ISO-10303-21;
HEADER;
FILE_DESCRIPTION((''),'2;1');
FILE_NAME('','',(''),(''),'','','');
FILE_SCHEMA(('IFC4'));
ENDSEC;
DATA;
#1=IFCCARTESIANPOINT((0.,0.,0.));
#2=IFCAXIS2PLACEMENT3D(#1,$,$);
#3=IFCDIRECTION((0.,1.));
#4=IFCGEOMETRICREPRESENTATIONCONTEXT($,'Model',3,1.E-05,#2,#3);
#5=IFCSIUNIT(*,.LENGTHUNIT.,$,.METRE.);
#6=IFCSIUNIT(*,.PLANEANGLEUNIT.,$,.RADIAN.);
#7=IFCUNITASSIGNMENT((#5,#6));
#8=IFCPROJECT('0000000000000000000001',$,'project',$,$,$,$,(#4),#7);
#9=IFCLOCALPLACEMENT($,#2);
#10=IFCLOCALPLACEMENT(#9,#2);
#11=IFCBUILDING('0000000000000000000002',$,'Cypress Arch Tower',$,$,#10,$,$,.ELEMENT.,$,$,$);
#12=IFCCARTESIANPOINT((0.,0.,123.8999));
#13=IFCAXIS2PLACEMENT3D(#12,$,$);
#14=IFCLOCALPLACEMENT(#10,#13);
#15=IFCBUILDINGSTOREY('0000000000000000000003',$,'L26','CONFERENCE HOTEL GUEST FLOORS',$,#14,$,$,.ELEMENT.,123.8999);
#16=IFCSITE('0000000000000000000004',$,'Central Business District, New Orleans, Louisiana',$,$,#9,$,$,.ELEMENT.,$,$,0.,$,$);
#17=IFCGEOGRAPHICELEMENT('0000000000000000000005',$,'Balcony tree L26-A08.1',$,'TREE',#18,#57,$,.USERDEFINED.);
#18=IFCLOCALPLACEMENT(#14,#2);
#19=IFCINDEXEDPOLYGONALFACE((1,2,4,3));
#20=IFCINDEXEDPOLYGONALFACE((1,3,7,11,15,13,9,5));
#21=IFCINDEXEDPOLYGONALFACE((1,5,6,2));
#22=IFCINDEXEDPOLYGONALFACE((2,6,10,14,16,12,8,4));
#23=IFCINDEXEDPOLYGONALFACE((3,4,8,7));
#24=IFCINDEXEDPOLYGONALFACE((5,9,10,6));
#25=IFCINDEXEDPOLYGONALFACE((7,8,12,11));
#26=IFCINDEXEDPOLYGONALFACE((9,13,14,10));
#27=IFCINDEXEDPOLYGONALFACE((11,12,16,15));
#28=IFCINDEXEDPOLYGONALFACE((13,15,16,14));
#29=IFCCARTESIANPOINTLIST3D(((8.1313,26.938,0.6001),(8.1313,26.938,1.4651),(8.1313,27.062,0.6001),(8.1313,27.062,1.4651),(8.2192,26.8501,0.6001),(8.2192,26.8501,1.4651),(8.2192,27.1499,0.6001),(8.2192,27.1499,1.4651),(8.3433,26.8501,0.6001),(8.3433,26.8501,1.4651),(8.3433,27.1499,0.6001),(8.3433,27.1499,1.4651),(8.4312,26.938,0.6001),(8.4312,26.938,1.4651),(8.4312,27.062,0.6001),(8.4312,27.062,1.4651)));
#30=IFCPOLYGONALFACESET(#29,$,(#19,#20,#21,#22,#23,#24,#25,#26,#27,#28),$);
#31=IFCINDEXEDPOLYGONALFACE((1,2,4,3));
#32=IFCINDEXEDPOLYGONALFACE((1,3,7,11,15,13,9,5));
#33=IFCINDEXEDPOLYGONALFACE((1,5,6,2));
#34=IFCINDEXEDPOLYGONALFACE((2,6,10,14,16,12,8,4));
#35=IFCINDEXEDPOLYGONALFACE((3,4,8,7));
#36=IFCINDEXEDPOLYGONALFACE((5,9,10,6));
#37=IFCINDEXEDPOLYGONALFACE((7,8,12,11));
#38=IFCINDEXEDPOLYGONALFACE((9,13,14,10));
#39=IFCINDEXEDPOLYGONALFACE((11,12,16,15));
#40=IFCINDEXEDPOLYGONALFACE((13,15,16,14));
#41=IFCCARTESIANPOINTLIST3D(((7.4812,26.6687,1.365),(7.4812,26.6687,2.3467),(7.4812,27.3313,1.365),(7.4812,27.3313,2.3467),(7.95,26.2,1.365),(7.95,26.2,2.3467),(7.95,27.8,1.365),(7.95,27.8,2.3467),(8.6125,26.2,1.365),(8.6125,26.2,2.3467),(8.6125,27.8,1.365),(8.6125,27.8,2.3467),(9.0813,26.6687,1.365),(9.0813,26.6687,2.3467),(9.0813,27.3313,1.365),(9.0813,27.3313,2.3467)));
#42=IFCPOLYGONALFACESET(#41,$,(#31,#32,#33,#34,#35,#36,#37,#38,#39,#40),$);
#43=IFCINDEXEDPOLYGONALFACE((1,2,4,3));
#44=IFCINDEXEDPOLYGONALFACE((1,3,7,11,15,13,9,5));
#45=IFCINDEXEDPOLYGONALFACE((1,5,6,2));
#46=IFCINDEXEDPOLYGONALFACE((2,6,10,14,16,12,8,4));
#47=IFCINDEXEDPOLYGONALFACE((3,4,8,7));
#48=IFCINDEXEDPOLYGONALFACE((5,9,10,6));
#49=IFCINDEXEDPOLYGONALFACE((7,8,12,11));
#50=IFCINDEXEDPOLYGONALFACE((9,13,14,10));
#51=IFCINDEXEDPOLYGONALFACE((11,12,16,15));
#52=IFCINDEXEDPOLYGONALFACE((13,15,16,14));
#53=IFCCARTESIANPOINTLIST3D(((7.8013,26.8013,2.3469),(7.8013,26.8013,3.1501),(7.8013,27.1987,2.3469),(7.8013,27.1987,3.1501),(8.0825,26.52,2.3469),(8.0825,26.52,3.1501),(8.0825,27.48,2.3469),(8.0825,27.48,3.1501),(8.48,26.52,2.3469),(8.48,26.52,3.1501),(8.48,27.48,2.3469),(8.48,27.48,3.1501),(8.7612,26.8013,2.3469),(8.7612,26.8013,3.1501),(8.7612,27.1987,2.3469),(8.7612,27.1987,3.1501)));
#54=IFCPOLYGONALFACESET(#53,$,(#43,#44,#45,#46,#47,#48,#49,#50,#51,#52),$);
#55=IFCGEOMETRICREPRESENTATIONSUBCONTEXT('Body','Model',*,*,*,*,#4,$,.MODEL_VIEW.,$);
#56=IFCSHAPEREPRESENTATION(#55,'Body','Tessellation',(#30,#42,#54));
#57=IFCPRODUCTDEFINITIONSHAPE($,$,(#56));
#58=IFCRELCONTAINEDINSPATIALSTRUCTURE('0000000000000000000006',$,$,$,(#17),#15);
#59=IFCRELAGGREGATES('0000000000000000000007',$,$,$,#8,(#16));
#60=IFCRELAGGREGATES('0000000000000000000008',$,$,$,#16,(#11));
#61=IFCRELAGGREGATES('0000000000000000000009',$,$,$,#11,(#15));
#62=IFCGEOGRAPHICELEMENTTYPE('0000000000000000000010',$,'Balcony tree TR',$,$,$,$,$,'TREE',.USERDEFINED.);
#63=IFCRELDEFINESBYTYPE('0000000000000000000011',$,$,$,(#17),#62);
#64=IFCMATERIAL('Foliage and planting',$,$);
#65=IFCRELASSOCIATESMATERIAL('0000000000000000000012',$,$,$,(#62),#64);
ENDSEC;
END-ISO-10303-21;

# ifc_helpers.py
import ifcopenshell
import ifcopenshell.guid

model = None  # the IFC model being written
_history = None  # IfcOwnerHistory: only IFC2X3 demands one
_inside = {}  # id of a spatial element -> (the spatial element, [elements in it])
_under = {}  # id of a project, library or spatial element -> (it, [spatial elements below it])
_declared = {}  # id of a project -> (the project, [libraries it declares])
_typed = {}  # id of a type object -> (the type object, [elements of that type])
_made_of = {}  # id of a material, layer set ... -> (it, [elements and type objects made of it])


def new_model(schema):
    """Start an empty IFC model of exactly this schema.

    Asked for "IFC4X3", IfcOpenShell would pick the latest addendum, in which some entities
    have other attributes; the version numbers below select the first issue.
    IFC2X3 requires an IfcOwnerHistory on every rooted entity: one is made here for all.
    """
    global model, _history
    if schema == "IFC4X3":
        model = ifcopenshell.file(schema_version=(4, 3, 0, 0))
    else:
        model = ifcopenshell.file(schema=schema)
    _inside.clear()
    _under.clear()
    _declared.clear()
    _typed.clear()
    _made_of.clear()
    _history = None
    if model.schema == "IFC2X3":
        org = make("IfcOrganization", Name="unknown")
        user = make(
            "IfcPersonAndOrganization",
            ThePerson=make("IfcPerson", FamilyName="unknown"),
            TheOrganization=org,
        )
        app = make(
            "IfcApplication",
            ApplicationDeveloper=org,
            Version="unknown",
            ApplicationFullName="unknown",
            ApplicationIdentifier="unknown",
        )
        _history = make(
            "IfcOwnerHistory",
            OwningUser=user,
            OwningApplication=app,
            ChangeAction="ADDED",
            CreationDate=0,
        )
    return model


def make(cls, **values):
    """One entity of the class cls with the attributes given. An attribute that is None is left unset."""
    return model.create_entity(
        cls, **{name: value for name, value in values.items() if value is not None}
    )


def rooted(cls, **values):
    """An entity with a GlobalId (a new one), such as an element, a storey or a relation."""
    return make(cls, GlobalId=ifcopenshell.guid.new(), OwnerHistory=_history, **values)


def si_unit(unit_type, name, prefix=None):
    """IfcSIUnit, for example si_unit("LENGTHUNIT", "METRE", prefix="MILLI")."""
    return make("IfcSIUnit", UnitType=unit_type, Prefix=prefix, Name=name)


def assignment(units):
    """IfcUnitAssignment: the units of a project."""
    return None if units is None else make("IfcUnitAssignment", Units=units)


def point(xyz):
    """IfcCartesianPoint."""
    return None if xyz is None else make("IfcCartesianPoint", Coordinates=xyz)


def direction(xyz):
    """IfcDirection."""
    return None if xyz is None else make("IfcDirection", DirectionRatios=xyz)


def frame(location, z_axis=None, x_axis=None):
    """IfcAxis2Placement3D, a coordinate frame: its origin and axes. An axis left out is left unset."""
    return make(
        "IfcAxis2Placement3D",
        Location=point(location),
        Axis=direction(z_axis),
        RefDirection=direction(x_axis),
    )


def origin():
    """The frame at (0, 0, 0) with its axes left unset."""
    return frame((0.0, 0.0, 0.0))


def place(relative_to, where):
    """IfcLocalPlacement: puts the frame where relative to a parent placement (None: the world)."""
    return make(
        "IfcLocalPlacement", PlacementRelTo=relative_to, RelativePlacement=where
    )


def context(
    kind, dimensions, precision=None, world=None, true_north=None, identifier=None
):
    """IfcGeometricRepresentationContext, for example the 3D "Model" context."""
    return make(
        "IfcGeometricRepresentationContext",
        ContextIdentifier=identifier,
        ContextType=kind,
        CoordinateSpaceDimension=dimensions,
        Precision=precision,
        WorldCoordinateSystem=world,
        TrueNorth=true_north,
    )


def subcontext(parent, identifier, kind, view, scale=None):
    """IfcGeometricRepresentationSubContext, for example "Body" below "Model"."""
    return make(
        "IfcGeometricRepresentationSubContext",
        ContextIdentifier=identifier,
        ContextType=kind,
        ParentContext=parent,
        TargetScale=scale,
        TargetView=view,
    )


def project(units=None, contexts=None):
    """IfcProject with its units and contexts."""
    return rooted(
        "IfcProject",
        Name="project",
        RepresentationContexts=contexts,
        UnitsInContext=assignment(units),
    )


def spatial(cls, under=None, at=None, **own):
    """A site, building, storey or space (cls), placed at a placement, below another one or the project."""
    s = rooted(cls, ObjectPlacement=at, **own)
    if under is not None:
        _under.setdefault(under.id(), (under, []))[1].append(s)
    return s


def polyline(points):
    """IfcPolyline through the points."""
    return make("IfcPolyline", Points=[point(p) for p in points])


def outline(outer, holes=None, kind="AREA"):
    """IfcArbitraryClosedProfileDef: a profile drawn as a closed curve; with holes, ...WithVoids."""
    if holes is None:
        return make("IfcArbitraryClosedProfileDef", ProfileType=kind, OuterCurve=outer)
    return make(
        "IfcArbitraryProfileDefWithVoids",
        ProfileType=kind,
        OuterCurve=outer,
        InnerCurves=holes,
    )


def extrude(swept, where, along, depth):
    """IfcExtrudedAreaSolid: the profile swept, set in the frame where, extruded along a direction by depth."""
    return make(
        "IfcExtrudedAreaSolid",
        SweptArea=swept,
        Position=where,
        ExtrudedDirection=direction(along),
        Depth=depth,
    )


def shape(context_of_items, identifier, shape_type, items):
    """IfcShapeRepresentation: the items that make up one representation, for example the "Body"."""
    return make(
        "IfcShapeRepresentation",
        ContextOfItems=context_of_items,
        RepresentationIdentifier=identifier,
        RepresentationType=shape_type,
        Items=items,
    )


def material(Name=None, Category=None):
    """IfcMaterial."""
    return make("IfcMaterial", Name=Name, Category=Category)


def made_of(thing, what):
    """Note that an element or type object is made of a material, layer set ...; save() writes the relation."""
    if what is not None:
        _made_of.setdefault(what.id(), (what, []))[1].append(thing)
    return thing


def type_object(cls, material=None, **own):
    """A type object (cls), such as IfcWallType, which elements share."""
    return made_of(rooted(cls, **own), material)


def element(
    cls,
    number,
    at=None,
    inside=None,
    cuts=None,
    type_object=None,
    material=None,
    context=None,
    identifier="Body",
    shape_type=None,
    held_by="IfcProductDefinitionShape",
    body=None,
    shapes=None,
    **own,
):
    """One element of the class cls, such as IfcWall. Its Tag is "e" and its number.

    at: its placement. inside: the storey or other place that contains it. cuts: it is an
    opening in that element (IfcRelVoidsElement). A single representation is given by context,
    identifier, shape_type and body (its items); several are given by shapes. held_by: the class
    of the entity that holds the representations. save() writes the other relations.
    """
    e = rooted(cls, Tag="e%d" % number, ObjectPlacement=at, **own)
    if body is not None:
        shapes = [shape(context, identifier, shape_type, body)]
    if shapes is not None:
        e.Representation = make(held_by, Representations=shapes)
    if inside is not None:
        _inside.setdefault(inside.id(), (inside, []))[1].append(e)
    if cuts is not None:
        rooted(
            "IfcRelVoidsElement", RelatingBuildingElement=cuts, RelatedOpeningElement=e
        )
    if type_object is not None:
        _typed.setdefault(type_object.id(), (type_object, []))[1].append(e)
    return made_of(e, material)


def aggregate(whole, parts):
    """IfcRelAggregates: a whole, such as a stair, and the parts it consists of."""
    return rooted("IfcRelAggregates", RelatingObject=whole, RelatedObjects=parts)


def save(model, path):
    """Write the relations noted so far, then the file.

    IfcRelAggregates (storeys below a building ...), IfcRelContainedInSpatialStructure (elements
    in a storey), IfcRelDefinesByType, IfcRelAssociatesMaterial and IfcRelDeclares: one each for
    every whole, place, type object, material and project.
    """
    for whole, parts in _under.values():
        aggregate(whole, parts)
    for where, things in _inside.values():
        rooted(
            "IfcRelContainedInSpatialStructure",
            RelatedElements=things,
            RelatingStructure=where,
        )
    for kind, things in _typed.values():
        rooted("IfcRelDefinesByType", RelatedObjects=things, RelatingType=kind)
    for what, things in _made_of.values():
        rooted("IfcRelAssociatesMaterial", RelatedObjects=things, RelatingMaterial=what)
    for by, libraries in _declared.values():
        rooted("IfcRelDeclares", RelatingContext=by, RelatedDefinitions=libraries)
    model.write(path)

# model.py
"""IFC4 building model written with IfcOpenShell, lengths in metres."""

from ifc_helpers import new_model, si_unit, direction, frame, origin, place, context, subcontext, project, spatial, polyline, outline, extrude, material, type_object, element, save


model = new_model("IFC4")

# Units and contexts
model_context = context("Model", 3, precision=1e-05, world=origin(), true_north=direction((0.0, 1.0)))
body_context = subcontext(model_context, "Body", "Model", "MODEL_VIEW")
ifc_project = project(units=[si_unit("LENGTHUNIT", "METRE"), si_unit("PLANEANGLEUNIT", "RADIAN")], contexts=[model_context])

# Site, building, storey
site_placement = place(None, origin())
site = spatial("IfcSite", under=ifc_project, at=site_placement, Name="Central Business District, New Orleans, Louisiana", CompositionType="ELEMENT", RefElevation=0.0)
building_placement = place(site_placement, origin())
building = spatial("IfcBuilding", under=site, at=building_placement, Name="Cypress Arch Tower", CompositionType="ELEMENT")
storey_placement = place(building_placement, frame((0.0, 0.0, 123.8999)))
storey = spatial("IfcBuildingStorey", under=building, at=storey_placement, Name="L26", Description="CONFERENCE HOTEL GUEST FLOORS", CompositionType="ELEMENT", Elevation=123.8999)

# Geographic element
ifc_material_1 = material(Name="Foliage and planting")
geographic_element_type = type_object("IfcGeographicElementType", Name="Balcony tree TR", ElementType="TREE", PredefinedType="USERDEFINED", material=ifc_material_1)
for number, where, z_axis, x_axis, name in (
    (1, (8.2812, 27.0, 0.6001), (0.0, 0.0, 1.0), (1.0, 0.0, 0.0), "Balcony tree L26-A08.1"),
):
    element("IfcGeographicElement", number, at=place(storey_placement, frame(where, z_axis=z_axis, x_axis=x_axis)), inside=storey, type_object=geographic_element_type, Name=name, ObjectType="TREE", PredefinedType="USERDEFINED", context=body_context, shape_type="SweptSolid", body=[
        extrude(outline(polyline([(0.1499, 0.062), (0.062, 0.1499), (-0.062, 0.1499), (-0.1499, 0.062), (-0.1499, -0.062), (-0.062, -0.1499), (0.062, -0.1499), (0.1499, -0.062), (0.1499, 0.062)])), origin(), (0.0, 0.0, 1.0), 0.865),
        extrude(outline(polyline([(0.8, 0.3313), (0.3313, 0.8), (-0.3313, 0.8), (-0.8, 0.3313), (-0.8, -0.3313), (-0.3313, -0.8), (0.3313, -0.8), (0.8, -0.3313), (0.8, 0.3313)])), frame((0.0, 0.0, 0.7649)), (0.0, 0.0, 1.0), 0.9817),
        extrude(outline(polyline([(0.48, 0.1987), (0.1987, 0.48), (-0.1987, 0.48), (-0.48, 0.1987), (-0.48, -0.1987), (-0.1987, -0.48), (0.1987, -0.48), (0.48, -0.1987), (0.48, 0.1987)])), frame((0.0, 0.0, 1.7468)), (0.0, 0.0, 1.0), 0.8032),
    ])

save(model, "model.ifc")
